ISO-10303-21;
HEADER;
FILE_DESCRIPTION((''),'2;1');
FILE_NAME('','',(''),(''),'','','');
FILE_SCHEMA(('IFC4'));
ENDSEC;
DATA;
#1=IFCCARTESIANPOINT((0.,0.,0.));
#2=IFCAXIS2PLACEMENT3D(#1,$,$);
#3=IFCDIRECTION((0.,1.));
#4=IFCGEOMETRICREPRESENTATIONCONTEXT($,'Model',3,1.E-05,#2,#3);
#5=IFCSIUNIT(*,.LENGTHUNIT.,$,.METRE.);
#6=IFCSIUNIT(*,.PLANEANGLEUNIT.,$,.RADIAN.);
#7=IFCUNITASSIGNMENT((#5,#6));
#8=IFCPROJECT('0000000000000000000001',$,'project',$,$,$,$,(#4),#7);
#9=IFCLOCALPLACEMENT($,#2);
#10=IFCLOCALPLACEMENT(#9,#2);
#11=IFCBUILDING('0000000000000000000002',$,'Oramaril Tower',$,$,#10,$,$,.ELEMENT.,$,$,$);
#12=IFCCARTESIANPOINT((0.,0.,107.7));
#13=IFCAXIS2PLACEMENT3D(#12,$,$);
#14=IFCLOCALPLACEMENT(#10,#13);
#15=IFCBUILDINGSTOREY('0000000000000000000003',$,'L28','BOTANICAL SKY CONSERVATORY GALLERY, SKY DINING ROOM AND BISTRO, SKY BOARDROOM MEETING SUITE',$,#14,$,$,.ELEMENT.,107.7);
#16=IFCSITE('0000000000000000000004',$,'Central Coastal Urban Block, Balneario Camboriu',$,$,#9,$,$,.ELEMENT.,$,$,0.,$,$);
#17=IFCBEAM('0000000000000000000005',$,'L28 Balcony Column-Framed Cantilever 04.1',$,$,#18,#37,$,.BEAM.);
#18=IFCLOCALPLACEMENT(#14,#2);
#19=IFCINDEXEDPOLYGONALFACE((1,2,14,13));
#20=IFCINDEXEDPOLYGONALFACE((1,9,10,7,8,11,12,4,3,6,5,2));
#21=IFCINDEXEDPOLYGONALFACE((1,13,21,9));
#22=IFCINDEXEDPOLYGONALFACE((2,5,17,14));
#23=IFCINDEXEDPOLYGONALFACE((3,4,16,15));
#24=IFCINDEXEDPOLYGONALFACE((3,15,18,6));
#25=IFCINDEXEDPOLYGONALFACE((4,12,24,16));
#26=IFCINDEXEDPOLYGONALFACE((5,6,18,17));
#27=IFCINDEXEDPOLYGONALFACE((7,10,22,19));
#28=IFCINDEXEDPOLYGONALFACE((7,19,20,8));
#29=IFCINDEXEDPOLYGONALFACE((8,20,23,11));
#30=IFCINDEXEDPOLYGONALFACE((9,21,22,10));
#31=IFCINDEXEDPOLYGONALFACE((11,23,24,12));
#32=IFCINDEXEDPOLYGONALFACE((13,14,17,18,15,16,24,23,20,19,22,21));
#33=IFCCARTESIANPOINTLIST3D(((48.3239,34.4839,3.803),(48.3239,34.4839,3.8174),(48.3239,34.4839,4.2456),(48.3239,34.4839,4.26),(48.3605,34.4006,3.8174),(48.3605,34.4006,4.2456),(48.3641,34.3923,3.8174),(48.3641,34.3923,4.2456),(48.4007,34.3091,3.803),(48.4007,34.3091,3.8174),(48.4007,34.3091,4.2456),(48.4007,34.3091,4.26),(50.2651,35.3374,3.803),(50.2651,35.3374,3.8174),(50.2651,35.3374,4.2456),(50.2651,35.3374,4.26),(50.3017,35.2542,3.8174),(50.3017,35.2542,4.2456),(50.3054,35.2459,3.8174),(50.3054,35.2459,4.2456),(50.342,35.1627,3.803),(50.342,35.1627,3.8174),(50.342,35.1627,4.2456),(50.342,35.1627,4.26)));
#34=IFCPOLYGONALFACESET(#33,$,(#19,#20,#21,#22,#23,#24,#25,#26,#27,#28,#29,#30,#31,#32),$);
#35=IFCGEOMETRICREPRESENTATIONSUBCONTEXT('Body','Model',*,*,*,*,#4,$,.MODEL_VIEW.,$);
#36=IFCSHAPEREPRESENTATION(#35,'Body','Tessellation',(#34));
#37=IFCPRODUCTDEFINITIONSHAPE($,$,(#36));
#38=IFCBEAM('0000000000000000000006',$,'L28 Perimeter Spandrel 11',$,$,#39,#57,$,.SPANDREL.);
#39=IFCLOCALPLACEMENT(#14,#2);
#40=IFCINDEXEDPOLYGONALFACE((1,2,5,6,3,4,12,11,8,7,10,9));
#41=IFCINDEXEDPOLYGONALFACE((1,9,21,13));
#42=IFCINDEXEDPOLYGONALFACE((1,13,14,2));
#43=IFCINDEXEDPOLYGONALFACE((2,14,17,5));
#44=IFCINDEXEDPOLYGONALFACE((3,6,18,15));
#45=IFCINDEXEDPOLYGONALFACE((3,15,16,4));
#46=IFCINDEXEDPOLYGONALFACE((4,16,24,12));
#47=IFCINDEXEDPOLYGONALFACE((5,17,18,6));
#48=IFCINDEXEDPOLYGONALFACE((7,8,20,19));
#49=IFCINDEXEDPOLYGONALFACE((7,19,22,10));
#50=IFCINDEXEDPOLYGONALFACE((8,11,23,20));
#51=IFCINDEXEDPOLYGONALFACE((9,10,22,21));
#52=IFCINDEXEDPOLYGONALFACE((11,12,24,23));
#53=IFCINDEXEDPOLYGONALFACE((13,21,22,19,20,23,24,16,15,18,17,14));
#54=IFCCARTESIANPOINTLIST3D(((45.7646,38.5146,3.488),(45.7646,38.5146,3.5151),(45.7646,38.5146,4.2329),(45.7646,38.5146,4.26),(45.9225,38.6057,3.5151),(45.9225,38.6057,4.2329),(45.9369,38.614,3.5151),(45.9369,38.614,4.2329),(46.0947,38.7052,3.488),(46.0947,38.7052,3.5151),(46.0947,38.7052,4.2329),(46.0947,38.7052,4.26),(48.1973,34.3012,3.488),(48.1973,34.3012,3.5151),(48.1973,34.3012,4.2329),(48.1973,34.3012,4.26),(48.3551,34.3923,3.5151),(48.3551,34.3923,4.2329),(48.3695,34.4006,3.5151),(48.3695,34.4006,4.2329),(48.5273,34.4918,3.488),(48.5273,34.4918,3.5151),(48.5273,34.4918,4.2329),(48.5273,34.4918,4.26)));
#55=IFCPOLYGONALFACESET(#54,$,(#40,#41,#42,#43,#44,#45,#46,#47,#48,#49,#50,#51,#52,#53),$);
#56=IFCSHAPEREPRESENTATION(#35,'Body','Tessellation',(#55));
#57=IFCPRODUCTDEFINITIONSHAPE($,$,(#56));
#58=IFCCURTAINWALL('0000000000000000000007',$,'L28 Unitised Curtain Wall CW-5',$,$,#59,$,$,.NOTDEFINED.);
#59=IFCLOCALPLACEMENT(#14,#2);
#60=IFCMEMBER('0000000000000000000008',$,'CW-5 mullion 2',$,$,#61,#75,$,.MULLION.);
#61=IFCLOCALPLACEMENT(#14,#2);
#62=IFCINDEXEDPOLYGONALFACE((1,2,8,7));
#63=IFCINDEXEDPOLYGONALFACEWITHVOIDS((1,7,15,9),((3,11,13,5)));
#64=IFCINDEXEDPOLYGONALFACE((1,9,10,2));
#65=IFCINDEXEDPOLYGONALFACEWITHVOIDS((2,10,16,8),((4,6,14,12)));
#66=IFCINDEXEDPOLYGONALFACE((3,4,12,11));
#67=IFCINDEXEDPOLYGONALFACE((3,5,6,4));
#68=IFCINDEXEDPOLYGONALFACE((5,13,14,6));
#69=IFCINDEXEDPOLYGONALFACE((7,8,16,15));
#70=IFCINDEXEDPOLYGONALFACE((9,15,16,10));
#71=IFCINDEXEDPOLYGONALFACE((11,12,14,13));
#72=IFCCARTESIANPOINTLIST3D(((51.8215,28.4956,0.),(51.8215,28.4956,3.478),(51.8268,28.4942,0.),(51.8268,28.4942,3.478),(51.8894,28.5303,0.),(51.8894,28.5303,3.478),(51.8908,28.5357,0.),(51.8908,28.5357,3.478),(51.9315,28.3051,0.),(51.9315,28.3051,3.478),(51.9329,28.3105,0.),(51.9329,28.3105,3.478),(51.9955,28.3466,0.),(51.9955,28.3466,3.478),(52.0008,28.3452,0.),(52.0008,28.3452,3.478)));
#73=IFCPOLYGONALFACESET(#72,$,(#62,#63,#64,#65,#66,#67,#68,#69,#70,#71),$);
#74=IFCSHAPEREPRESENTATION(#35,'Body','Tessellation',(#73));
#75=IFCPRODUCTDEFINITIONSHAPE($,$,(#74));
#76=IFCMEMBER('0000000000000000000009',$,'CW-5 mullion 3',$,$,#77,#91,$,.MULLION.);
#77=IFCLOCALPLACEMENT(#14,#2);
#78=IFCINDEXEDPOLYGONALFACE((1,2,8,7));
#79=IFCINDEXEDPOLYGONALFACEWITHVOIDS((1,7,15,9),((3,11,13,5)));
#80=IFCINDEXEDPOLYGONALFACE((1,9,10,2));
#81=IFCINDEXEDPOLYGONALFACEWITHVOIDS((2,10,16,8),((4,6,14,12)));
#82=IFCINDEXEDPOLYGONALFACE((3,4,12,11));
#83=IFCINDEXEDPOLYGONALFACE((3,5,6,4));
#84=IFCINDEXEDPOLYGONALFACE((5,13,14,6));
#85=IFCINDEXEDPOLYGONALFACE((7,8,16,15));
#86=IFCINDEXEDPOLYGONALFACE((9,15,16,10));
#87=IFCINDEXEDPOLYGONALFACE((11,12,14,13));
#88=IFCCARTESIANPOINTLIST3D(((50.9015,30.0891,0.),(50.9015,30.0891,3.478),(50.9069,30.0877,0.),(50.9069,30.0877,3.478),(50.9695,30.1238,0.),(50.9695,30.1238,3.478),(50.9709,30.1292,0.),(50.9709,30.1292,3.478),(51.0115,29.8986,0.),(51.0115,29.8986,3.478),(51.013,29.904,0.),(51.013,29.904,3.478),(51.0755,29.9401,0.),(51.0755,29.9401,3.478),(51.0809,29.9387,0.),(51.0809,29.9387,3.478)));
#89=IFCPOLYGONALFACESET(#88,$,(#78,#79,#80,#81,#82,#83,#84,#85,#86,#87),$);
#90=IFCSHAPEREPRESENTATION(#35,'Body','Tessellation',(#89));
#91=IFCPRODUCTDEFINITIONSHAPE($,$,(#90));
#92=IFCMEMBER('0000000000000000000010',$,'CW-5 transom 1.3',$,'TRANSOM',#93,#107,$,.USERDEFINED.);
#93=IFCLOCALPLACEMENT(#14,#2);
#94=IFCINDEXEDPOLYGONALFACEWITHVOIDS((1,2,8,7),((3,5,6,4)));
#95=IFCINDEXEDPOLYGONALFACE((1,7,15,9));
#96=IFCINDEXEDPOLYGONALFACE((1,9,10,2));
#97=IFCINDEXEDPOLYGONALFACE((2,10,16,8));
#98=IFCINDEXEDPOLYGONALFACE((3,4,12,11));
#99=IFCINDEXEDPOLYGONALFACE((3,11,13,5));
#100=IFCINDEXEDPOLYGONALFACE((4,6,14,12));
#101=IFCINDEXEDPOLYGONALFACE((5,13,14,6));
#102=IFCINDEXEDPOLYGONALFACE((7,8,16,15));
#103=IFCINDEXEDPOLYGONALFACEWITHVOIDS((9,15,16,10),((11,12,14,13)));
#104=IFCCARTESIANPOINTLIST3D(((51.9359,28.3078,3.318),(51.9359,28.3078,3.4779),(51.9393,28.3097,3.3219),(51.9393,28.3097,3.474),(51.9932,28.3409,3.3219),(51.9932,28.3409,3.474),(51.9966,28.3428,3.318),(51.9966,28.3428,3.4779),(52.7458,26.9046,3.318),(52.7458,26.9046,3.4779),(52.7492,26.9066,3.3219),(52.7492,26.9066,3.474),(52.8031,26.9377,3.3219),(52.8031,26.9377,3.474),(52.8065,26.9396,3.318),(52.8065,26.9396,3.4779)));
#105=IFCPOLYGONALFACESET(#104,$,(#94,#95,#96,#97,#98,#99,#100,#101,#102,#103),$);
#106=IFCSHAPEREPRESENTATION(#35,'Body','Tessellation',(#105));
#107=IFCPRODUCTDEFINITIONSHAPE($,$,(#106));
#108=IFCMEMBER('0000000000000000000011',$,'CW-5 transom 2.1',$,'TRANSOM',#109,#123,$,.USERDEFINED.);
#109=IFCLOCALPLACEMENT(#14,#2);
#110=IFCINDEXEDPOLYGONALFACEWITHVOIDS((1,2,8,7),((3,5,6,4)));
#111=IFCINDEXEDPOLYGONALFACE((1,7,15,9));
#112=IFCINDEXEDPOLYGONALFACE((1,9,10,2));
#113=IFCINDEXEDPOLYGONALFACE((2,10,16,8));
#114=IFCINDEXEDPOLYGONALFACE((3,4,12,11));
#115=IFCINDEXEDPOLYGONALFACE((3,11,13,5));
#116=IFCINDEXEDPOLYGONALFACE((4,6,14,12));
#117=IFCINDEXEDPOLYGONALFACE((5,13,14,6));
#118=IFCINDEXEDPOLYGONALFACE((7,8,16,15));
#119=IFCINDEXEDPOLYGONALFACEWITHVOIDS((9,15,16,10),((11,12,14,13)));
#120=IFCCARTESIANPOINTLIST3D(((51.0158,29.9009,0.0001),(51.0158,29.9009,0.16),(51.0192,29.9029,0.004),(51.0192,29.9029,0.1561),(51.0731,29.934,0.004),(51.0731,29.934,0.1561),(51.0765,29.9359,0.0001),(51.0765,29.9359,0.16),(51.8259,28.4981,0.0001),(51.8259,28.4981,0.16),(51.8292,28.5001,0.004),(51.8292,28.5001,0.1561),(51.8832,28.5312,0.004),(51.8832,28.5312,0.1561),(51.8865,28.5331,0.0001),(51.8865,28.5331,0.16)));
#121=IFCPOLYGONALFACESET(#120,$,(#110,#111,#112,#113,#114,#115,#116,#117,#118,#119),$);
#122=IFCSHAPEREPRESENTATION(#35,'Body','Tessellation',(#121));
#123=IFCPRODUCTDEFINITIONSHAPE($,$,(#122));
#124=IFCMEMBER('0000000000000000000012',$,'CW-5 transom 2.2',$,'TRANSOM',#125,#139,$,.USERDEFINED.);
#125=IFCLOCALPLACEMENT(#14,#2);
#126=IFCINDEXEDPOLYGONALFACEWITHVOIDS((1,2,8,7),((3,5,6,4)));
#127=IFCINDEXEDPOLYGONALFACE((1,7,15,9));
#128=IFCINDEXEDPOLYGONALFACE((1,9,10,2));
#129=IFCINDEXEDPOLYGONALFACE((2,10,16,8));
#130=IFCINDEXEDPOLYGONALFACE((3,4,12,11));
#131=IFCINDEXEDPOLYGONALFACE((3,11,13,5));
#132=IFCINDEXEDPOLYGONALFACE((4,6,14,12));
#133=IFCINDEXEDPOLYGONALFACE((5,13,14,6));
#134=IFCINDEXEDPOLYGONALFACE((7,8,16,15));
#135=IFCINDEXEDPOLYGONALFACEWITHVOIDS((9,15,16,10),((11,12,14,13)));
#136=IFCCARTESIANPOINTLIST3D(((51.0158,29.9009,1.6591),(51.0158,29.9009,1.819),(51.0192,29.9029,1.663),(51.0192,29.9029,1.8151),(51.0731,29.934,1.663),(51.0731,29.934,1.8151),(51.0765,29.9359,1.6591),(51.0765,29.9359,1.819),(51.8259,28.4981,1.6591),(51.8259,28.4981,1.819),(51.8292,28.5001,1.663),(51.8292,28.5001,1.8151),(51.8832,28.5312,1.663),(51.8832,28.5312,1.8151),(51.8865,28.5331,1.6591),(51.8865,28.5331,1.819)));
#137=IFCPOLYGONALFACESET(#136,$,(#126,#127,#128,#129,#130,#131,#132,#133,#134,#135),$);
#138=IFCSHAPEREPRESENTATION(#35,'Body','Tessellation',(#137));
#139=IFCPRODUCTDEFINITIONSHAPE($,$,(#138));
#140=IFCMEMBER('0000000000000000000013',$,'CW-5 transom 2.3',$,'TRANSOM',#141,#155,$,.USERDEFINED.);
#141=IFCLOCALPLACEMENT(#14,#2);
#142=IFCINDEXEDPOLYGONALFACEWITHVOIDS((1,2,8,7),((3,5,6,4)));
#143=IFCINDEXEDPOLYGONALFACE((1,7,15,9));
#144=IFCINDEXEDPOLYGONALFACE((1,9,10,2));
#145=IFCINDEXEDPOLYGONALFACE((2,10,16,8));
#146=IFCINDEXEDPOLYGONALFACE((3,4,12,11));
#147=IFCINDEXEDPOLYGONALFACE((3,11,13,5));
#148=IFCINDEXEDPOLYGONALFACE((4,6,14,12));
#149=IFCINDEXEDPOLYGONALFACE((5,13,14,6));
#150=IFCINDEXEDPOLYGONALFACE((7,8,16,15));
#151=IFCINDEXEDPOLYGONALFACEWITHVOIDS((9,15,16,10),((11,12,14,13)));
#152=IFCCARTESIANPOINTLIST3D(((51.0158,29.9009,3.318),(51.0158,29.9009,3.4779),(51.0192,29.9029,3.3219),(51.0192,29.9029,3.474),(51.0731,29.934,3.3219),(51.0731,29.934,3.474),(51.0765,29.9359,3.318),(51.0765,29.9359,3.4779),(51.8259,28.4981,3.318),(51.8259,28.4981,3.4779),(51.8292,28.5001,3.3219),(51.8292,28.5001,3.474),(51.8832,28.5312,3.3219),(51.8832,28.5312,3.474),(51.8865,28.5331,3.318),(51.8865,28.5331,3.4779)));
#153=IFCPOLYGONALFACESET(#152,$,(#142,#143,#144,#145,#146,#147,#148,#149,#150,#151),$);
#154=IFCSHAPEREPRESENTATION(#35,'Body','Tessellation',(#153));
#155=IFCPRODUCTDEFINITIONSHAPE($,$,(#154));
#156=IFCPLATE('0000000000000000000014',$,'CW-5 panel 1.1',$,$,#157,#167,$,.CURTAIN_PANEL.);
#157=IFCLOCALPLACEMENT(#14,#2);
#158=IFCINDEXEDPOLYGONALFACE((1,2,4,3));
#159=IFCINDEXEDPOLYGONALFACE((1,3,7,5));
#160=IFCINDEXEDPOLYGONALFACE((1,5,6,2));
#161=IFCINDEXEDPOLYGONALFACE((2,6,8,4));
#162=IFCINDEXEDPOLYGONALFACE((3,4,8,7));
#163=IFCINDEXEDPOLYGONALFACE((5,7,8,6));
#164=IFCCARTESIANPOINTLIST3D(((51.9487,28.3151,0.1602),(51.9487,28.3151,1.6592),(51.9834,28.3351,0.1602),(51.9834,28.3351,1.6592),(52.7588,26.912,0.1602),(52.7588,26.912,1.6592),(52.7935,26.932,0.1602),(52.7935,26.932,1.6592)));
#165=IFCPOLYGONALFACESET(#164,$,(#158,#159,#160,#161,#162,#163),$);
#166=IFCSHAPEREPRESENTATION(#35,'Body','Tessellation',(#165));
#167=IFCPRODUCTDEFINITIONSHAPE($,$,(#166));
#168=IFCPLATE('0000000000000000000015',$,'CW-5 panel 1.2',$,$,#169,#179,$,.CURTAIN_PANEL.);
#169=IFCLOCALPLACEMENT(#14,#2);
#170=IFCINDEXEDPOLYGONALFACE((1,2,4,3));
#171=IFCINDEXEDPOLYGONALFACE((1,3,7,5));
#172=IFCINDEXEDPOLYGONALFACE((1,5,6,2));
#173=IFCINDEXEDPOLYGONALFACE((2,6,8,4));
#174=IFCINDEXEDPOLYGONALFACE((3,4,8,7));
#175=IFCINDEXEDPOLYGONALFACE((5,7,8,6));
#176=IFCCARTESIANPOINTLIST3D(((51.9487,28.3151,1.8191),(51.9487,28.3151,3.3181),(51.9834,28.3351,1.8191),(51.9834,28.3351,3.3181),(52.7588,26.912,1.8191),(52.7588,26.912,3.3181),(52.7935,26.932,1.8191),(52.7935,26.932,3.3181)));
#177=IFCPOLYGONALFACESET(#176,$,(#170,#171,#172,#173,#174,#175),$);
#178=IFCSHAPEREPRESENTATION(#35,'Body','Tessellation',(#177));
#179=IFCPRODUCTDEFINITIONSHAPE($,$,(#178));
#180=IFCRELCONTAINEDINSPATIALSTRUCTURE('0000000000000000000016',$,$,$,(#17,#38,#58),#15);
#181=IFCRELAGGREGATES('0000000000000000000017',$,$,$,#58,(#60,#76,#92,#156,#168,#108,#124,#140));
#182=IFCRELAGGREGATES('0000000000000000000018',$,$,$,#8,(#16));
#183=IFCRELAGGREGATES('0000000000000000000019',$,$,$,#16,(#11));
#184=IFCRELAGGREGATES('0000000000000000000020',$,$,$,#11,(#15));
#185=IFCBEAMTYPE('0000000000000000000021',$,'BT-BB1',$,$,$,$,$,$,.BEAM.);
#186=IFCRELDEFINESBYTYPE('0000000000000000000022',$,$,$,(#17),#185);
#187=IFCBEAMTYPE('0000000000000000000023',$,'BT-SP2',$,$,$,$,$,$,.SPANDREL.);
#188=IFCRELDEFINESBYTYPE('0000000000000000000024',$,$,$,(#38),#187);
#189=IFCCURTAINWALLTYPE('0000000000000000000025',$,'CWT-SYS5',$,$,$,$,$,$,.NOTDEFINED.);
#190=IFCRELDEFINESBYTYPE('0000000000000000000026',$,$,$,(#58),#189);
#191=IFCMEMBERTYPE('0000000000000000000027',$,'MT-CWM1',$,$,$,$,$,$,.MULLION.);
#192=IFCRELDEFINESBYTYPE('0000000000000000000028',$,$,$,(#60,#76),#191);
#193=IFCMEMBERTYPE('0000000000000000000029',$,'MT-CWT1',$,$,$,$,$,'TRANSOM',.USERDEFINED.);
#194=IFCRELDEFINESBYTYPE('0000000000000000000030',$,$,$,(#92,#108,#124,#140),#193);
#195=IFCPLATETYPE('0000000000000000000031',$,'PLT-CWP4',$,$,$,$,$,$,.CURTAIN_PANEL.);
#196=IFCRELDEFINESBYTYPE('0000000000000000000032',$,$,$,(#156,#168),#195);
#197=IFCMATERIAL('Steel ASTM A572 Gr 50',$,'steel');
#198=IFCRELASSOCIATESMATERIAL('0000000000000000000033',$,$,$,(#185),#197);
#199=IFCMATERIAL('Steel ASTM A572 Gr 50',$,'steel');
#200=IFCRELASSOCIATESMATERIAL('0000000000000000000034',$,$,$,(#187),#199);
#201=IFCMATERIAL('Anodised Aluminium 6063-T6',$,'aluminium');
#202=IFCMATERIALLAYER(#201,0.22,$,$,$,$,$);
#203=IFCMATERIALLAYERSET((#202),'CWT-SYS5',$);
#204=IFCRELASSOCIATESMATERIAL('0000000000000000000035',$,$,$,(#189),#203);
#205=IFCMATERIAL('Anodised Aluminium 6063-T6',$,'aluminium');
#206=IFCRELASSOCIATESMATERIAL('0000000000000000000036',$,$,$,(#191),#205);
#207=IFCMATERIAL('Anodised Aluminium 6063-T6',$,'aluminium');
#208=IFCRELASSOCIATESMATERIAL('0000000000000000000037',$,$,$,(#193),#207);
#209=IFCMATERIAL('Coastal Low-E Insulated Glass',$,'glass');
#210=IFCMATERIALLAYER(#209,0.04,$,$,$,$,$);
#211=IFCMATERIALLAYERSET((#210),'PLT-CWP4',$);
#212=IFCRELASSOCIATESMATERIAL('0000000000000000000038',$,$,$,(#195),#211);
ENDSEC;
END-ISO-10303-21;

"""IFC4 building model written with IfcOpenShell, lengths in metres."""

from ifc_helpers import new_model, si_unit, direction, frame, origin, origin_2d, place, context, subcontext, project, spatial, rectangle, hollow_rectangle, i_section, extrude, material, layer, layer_set, material_profile, profile_set, type_object, element, aggregate, save


model = new_model("IFC4")

# Units and contexts
model_context = context("Model", 3, precision=1e-05, world=origin(), true_north=direction((0.0, 1.0)))
body_context = subcontext(model_context, "Body", "Model", "MODEL_VIEW")
ifc_project = project(units=[si_unit("LENGTHUNIT", "METRE"), si_unit("PLANEANGLEUNIT", "RADIAN")], contexts=[model_context])

# Site, building, storey
site_placement = place(None, origin())
site = spatial("IfcSite", under=ifc_project, at=site_placement, Name="Central Coastal Urban Block, Balneario Camboriu", CompositionType="ELEMENT", RefElevation=0.0)
building_placement = place(site_placement, origin())
building = spatial("IfcBuilding", under=site, at=building_placement, Name="Oramaril Tower", CompositionType="ELEMENT")
storey_placement = place(building_placement, frame((0.0, 0.0, 107.7)))
storey = spatial("IfcBuildingStorey", under=building, at=storey_placement, Name="L28", Description="BOTANICAL SKY CONSERVATORY GALLERY, SKY DINING ROOM AND BISTRO, SKY BOARDROOM MEETING SUITE", CompositionType="ELEMENT", Elevation=107.7)

# Beams
ifc_material_1 = material(Name="Steel ASTM A572 Gr 50", Category="steel")
ifc_material_profile_1 = material_profile(ifc_material_1, i_section(OverallWidth=0.1909, OverallDepth=0.457, WebThickness=0.009, FlangeThickness=0.0144, at=origin_2d()), Name="W18X50")
ifc_profile_set_1 = profile_set([ifc_material_profile_1], Name="Steel ASTM A572 Gr 50")
beam_type_1 = type_object("IfcBeamType", Name="BT-BB1", PredefinedType="BEAM", material=ifc_profile_set_1)
beam_1_placement = place(storey_placement, frame((48.3623, 34.3965, 4.0315), z_axis=(0.915419, 0.402503, 0.0), x_axis=(-0.402503, 0.915419, 0.0)))
element("IfcBeam", 1, at=beam_1_placement, inside=storey, type_object=beam_type_1, Name="L28 Balcony Column-Framed Cantilever 04.1", PredefinedType="BEAM", context=body_context, shape_type="SweptSolid", body=[
    extrude(i_section(OverallWidth=0.1909, OverallDepth=0.457, WebThickness=0.009, FlangeThickness=0.0144, at=origin_2d()), origin(), (0.0, 0.0, 1.0), 2.1206),
])
ifc_material_2 = material(Name="Steel ASTM A572 Gr 50", Category="steel")
ifc_material_profile_2 = material_profile(ifc_material_2, i_section(OverallWidth=0.3811, OverallDepth=0.772, WebThickness=0.0166, FlangeThickness=0.0271, at=origin_2d()), Name="W30X173")
ifc_profile_set_2 = profile_set([ifc_material_profile_2], Name="Steel ASTM A572 Gr 50")
beam_type_2 = type_object("IfcBeamType", Name="BT-SP2", PredefinedType="SPANDREL", material=ifc_profile_set_2)
beam_2_placement = place(storey_placement, frame((48.3623, 34.3965, 3.874), z_axis=(-0.500003, 0.866023, 0.0), x_axis=(-0.866023, -0.500003, 0.0)))
element("IfcBeam", 2, at=beam_2_placement, inside=storey, type_object=beam_type_2, Name="L28 Perimeter Spandrel 11", PredefinedType="SPANDREL", context=body_context, shape_type="SweptSolid", body=[
    extrude(i_section(OverallWidth=0.3811, OverallDepth=0.772, WebThickness=0.0166, FlangeThickness=0.0271, at=origin_2d()), origin(), (0.0, 0.0, 1.0), 4.8652),
])

# Curtain wall, members, plates
ifc_material_3 = material(Name="Anodised Aluminium 6063-T6", Category="aluminium")
ifc_layer_1 = layer(ifc_material_3, 0.22)
ifc_layer_set_1 = layer_set([ifc_layer_1], Name="CWT-SYS5")
curtain_wall_type = type_object("IfcCurtainWallType", Name="CWT-SYS5", PredefinedType="NOTDEFINED", material=ifc_layer_set_1)
curtain_wall_placement = place(storey_placement, origin())
curtain_wall = element("IfcCurtainWall", 3, at=curtain_wall_placement, inside=storey, type_object=curtain_wall_type, Name="L28 Unitised Curtain Wall CW-5", PredefinedType="NOTDEFINED")
ifc_material_4 = material(Name="Anodised Aluminium 6063-T6", Category="aluminium")
ifc_material_profile_3 = material_profile(ifc_material_4, hollow_rectangle(XDim=0.0801, YDim=0.22, WallThickness=0.0039, at=origin_2d()), Name="CWM220X80")
ifc_profile_set_3 = profile_set([ifc_material_profile_3], Name="Anodised Aluminium 6063-T6")
member_type_1 = type_object("IfcMemberType", Name="MT-CWM1", PredefinedType="MULLION", material=ifc_profile_set_3)
member_1_placement = place(storey_placement, frame((51.9111, 28.4204, 0.0), z_axis=(0.0, 0.0, 1.0), x_axis=(-0.866025, -0.5, 0.0)))
member_1 = element("IfcMember", 4, at=member_1_placement, type_object=member_type_1, Name="CW-5 mullion 2", PredefinedType="MULLION", context=body_context, shape_type="SweptSolid", body=[
    extrude(hollow_rectangle(XDim=0.0801, YDim=0.22, WallThickness=0.0039, at=origin_2d()), origin(), (0.0, 0.0, 1.0), 3.478),
])
member_2_placement = place(storey_placement, frame((50.9912, 30.0139, 0.0), z_axis=(0.0, 0.0, 1.0), x_axis=(-0.866025, -0.5, 0.0)))
member_2 = element("IfcMember", 5, at=member_2_placement, type_object=member_type_1, Name="CW-5 mullion 3", PredefinedType="MULLION", context=body_context, shape_type="SweptSolid", body=[
    extrude(hollow_rectangle(XDim=0.0801, YDim=0.22, WallThickness=0.0039, at=origin_2d()), origin(), (0.0, 0.0, 1.0), 3.478),
])
ifc_material_5 = material(Name="Anodised Aluminium 6063-T6", Category="aluminium")
ifc_material_profile_4 = material_profile(ifc_material_5, hollow_rectangle(XDim=0.0701, YDim=0.1599, WallThickness=0.0039, at=origin_2d()), Name="CWT160X70")
ifc_profile_set_4 = profile_set([ifc_material_profile_4], Name="Anodised Aluminium 6063-T6")
member_type_2 = type_object("IfcMemberType", Name="MT-CWT1", ElementType="TRANSOM", PredefinedType="USERDEFINED", material=ifc_profile_set_4)
member_3_placement = place(storey_placement, frame((52.7761, 26.9221, 3.3979), z_axis=(-0.499883, 0.866093, 0.0), x_axis=(-0.866093, -0.499883, 0.0)))
member_3 = element("IfcMember", 6, at=member_3_placement, type_object=member_type_2, Name="CW-5 transom 1.3", ObjectType="TRANSOM", PredefinedType="USERDEFINED", context=body_context, shape_type="SweptSolid", body=[
    extrude(hollow_rectangle(XDim=0.0701, YDim=0.1599, WallThickness=0.0039, at=origin_2d()), origin(), (0.0, 0.0, 1.0), 1.6201),
])
member_4_placement = place(storey_placement, frame((51.8562, 28.5156, 0.0801), z_axis=(-0.500062, 0.86599, 0.0), x_axis=(-0.86599, -0.500062, 0.0)))
member_4 = element("IfcMember", 7, at=member_4_placement, type_object=member_type_2, Name="CW-5 transom 2.1", ObjectType="TRANSOM", PredefinedType="USERDEFINED", context=body_context, shape_type="SweptSolid", body=[
    extrude(hollow_rectangle(XDim=0.0701, YDim=0.1599, WallThickness=0.0039, at=origin_2d()), origin(), (0.0, 0.0, 1.0), 1.6199),
])
member_5_placement = place(storey_placement, frame((51.8562, 28.5156, 1.739), z_axis=(-0.500062, 0.86599, 0.0), x_axis=(-0.86599, -0.500062, 0.0)))
member_5 = element("IfcMember", 8, at=member_5_placement, type_object=member_type_2, Name="CW-5 transom 2.2", ObjectType="TRANSOM", PredefinedType="USERDEFINED", context=body_context, shape_type="SweptSolid", body=[
    extrude(hollow_rectangle(XDim=0.0701, YDim=0.1599, WallThickness=0.0039, at=origin_2d()), origin(), (0.0, 0.0, 1.0), 1.6199),
])
member_6_placement = place(storey_placement, frame((51.8562, 28.5156, 3.3979), z_axis=(-0.500062, 0.86599, 0.0), x_axis=(-0.86599, -0.500062, 0.0)))
member_6 = element("IfcMember", 9, at=member_6_placement, type_object=member_type_2, Name="CW-5 transom 2.3", ObjectType="TRANSOM", PredefinedType="USERDEFINED", context=body_context, shape_type="SweptSolid", body=[
    extrude(hollow_rectangle(XDim=0.0701, YDim=0.1599, WallThickness=0.0039, at=origin_2d()), origin(), (0.0, 0.0, 1.0), 1.6199),
])
ifc_material_6 = material(Name="Coastal Low-E Insulated Glass", Category="glass")
ifc_layer_2 = layer(ifc_material_6, 0.04)
ifc_layer_set_2 = layer_set([ifc_layer_2], Name="PLT-CWP4")
plate_type = type_object("IfcPlateType", Name="PLT-CWP4", PredefinedType="CURTAIN_PANEL", material=ifc_layer_set_2)
plate_1_placement = place(storey_placement, frame((52.3711, 27.6235, 0.1602), z_axis=(0.0, 0.0, 1.0), x_axis=(-0.5, 0.866025, 0.0)))
plate_1 = element("IfcPlate", 10, at=plate_1_placement, type_object=plate_type, Name="CW-5 panel 1.1", PredefinedType="CURTAIN_PANEL", context=body_context, shape_type="SweptSolid", body=[
    extrude(rectangle(XDim=1.6201, YDim=0.04, at=origin_2d()), origin(), (0.0, 0.0, 1.0), 1.499),
])
plate_2_placement = place(storey_placement, frame((52.3711, 27.6235, 1.8191), z_axis=(0.0, 0.0, 1.0), x_axis=(-0.5, 0.866025, 0.0)))
plate_2 = element("IfcPlate", 11, at=plate_2_placement, type_object=plate_type, Name="CW-5 panel 1.2", PredefinedType="CURTAIN_PANEL", context=body_context, shape_type="SweptSolid", body=[
    extrude(rectangle(XDim=1.6201, YDim=0.04, at=origin_2d()), origin(), (0.0, 0.0, 1.0), 1.499),
])
aggregate(curtain_wall, [member_1, member_2, member_3, plate_1, plate_2, member_4, member_5, member_6])

save(model, "model.ifc")
